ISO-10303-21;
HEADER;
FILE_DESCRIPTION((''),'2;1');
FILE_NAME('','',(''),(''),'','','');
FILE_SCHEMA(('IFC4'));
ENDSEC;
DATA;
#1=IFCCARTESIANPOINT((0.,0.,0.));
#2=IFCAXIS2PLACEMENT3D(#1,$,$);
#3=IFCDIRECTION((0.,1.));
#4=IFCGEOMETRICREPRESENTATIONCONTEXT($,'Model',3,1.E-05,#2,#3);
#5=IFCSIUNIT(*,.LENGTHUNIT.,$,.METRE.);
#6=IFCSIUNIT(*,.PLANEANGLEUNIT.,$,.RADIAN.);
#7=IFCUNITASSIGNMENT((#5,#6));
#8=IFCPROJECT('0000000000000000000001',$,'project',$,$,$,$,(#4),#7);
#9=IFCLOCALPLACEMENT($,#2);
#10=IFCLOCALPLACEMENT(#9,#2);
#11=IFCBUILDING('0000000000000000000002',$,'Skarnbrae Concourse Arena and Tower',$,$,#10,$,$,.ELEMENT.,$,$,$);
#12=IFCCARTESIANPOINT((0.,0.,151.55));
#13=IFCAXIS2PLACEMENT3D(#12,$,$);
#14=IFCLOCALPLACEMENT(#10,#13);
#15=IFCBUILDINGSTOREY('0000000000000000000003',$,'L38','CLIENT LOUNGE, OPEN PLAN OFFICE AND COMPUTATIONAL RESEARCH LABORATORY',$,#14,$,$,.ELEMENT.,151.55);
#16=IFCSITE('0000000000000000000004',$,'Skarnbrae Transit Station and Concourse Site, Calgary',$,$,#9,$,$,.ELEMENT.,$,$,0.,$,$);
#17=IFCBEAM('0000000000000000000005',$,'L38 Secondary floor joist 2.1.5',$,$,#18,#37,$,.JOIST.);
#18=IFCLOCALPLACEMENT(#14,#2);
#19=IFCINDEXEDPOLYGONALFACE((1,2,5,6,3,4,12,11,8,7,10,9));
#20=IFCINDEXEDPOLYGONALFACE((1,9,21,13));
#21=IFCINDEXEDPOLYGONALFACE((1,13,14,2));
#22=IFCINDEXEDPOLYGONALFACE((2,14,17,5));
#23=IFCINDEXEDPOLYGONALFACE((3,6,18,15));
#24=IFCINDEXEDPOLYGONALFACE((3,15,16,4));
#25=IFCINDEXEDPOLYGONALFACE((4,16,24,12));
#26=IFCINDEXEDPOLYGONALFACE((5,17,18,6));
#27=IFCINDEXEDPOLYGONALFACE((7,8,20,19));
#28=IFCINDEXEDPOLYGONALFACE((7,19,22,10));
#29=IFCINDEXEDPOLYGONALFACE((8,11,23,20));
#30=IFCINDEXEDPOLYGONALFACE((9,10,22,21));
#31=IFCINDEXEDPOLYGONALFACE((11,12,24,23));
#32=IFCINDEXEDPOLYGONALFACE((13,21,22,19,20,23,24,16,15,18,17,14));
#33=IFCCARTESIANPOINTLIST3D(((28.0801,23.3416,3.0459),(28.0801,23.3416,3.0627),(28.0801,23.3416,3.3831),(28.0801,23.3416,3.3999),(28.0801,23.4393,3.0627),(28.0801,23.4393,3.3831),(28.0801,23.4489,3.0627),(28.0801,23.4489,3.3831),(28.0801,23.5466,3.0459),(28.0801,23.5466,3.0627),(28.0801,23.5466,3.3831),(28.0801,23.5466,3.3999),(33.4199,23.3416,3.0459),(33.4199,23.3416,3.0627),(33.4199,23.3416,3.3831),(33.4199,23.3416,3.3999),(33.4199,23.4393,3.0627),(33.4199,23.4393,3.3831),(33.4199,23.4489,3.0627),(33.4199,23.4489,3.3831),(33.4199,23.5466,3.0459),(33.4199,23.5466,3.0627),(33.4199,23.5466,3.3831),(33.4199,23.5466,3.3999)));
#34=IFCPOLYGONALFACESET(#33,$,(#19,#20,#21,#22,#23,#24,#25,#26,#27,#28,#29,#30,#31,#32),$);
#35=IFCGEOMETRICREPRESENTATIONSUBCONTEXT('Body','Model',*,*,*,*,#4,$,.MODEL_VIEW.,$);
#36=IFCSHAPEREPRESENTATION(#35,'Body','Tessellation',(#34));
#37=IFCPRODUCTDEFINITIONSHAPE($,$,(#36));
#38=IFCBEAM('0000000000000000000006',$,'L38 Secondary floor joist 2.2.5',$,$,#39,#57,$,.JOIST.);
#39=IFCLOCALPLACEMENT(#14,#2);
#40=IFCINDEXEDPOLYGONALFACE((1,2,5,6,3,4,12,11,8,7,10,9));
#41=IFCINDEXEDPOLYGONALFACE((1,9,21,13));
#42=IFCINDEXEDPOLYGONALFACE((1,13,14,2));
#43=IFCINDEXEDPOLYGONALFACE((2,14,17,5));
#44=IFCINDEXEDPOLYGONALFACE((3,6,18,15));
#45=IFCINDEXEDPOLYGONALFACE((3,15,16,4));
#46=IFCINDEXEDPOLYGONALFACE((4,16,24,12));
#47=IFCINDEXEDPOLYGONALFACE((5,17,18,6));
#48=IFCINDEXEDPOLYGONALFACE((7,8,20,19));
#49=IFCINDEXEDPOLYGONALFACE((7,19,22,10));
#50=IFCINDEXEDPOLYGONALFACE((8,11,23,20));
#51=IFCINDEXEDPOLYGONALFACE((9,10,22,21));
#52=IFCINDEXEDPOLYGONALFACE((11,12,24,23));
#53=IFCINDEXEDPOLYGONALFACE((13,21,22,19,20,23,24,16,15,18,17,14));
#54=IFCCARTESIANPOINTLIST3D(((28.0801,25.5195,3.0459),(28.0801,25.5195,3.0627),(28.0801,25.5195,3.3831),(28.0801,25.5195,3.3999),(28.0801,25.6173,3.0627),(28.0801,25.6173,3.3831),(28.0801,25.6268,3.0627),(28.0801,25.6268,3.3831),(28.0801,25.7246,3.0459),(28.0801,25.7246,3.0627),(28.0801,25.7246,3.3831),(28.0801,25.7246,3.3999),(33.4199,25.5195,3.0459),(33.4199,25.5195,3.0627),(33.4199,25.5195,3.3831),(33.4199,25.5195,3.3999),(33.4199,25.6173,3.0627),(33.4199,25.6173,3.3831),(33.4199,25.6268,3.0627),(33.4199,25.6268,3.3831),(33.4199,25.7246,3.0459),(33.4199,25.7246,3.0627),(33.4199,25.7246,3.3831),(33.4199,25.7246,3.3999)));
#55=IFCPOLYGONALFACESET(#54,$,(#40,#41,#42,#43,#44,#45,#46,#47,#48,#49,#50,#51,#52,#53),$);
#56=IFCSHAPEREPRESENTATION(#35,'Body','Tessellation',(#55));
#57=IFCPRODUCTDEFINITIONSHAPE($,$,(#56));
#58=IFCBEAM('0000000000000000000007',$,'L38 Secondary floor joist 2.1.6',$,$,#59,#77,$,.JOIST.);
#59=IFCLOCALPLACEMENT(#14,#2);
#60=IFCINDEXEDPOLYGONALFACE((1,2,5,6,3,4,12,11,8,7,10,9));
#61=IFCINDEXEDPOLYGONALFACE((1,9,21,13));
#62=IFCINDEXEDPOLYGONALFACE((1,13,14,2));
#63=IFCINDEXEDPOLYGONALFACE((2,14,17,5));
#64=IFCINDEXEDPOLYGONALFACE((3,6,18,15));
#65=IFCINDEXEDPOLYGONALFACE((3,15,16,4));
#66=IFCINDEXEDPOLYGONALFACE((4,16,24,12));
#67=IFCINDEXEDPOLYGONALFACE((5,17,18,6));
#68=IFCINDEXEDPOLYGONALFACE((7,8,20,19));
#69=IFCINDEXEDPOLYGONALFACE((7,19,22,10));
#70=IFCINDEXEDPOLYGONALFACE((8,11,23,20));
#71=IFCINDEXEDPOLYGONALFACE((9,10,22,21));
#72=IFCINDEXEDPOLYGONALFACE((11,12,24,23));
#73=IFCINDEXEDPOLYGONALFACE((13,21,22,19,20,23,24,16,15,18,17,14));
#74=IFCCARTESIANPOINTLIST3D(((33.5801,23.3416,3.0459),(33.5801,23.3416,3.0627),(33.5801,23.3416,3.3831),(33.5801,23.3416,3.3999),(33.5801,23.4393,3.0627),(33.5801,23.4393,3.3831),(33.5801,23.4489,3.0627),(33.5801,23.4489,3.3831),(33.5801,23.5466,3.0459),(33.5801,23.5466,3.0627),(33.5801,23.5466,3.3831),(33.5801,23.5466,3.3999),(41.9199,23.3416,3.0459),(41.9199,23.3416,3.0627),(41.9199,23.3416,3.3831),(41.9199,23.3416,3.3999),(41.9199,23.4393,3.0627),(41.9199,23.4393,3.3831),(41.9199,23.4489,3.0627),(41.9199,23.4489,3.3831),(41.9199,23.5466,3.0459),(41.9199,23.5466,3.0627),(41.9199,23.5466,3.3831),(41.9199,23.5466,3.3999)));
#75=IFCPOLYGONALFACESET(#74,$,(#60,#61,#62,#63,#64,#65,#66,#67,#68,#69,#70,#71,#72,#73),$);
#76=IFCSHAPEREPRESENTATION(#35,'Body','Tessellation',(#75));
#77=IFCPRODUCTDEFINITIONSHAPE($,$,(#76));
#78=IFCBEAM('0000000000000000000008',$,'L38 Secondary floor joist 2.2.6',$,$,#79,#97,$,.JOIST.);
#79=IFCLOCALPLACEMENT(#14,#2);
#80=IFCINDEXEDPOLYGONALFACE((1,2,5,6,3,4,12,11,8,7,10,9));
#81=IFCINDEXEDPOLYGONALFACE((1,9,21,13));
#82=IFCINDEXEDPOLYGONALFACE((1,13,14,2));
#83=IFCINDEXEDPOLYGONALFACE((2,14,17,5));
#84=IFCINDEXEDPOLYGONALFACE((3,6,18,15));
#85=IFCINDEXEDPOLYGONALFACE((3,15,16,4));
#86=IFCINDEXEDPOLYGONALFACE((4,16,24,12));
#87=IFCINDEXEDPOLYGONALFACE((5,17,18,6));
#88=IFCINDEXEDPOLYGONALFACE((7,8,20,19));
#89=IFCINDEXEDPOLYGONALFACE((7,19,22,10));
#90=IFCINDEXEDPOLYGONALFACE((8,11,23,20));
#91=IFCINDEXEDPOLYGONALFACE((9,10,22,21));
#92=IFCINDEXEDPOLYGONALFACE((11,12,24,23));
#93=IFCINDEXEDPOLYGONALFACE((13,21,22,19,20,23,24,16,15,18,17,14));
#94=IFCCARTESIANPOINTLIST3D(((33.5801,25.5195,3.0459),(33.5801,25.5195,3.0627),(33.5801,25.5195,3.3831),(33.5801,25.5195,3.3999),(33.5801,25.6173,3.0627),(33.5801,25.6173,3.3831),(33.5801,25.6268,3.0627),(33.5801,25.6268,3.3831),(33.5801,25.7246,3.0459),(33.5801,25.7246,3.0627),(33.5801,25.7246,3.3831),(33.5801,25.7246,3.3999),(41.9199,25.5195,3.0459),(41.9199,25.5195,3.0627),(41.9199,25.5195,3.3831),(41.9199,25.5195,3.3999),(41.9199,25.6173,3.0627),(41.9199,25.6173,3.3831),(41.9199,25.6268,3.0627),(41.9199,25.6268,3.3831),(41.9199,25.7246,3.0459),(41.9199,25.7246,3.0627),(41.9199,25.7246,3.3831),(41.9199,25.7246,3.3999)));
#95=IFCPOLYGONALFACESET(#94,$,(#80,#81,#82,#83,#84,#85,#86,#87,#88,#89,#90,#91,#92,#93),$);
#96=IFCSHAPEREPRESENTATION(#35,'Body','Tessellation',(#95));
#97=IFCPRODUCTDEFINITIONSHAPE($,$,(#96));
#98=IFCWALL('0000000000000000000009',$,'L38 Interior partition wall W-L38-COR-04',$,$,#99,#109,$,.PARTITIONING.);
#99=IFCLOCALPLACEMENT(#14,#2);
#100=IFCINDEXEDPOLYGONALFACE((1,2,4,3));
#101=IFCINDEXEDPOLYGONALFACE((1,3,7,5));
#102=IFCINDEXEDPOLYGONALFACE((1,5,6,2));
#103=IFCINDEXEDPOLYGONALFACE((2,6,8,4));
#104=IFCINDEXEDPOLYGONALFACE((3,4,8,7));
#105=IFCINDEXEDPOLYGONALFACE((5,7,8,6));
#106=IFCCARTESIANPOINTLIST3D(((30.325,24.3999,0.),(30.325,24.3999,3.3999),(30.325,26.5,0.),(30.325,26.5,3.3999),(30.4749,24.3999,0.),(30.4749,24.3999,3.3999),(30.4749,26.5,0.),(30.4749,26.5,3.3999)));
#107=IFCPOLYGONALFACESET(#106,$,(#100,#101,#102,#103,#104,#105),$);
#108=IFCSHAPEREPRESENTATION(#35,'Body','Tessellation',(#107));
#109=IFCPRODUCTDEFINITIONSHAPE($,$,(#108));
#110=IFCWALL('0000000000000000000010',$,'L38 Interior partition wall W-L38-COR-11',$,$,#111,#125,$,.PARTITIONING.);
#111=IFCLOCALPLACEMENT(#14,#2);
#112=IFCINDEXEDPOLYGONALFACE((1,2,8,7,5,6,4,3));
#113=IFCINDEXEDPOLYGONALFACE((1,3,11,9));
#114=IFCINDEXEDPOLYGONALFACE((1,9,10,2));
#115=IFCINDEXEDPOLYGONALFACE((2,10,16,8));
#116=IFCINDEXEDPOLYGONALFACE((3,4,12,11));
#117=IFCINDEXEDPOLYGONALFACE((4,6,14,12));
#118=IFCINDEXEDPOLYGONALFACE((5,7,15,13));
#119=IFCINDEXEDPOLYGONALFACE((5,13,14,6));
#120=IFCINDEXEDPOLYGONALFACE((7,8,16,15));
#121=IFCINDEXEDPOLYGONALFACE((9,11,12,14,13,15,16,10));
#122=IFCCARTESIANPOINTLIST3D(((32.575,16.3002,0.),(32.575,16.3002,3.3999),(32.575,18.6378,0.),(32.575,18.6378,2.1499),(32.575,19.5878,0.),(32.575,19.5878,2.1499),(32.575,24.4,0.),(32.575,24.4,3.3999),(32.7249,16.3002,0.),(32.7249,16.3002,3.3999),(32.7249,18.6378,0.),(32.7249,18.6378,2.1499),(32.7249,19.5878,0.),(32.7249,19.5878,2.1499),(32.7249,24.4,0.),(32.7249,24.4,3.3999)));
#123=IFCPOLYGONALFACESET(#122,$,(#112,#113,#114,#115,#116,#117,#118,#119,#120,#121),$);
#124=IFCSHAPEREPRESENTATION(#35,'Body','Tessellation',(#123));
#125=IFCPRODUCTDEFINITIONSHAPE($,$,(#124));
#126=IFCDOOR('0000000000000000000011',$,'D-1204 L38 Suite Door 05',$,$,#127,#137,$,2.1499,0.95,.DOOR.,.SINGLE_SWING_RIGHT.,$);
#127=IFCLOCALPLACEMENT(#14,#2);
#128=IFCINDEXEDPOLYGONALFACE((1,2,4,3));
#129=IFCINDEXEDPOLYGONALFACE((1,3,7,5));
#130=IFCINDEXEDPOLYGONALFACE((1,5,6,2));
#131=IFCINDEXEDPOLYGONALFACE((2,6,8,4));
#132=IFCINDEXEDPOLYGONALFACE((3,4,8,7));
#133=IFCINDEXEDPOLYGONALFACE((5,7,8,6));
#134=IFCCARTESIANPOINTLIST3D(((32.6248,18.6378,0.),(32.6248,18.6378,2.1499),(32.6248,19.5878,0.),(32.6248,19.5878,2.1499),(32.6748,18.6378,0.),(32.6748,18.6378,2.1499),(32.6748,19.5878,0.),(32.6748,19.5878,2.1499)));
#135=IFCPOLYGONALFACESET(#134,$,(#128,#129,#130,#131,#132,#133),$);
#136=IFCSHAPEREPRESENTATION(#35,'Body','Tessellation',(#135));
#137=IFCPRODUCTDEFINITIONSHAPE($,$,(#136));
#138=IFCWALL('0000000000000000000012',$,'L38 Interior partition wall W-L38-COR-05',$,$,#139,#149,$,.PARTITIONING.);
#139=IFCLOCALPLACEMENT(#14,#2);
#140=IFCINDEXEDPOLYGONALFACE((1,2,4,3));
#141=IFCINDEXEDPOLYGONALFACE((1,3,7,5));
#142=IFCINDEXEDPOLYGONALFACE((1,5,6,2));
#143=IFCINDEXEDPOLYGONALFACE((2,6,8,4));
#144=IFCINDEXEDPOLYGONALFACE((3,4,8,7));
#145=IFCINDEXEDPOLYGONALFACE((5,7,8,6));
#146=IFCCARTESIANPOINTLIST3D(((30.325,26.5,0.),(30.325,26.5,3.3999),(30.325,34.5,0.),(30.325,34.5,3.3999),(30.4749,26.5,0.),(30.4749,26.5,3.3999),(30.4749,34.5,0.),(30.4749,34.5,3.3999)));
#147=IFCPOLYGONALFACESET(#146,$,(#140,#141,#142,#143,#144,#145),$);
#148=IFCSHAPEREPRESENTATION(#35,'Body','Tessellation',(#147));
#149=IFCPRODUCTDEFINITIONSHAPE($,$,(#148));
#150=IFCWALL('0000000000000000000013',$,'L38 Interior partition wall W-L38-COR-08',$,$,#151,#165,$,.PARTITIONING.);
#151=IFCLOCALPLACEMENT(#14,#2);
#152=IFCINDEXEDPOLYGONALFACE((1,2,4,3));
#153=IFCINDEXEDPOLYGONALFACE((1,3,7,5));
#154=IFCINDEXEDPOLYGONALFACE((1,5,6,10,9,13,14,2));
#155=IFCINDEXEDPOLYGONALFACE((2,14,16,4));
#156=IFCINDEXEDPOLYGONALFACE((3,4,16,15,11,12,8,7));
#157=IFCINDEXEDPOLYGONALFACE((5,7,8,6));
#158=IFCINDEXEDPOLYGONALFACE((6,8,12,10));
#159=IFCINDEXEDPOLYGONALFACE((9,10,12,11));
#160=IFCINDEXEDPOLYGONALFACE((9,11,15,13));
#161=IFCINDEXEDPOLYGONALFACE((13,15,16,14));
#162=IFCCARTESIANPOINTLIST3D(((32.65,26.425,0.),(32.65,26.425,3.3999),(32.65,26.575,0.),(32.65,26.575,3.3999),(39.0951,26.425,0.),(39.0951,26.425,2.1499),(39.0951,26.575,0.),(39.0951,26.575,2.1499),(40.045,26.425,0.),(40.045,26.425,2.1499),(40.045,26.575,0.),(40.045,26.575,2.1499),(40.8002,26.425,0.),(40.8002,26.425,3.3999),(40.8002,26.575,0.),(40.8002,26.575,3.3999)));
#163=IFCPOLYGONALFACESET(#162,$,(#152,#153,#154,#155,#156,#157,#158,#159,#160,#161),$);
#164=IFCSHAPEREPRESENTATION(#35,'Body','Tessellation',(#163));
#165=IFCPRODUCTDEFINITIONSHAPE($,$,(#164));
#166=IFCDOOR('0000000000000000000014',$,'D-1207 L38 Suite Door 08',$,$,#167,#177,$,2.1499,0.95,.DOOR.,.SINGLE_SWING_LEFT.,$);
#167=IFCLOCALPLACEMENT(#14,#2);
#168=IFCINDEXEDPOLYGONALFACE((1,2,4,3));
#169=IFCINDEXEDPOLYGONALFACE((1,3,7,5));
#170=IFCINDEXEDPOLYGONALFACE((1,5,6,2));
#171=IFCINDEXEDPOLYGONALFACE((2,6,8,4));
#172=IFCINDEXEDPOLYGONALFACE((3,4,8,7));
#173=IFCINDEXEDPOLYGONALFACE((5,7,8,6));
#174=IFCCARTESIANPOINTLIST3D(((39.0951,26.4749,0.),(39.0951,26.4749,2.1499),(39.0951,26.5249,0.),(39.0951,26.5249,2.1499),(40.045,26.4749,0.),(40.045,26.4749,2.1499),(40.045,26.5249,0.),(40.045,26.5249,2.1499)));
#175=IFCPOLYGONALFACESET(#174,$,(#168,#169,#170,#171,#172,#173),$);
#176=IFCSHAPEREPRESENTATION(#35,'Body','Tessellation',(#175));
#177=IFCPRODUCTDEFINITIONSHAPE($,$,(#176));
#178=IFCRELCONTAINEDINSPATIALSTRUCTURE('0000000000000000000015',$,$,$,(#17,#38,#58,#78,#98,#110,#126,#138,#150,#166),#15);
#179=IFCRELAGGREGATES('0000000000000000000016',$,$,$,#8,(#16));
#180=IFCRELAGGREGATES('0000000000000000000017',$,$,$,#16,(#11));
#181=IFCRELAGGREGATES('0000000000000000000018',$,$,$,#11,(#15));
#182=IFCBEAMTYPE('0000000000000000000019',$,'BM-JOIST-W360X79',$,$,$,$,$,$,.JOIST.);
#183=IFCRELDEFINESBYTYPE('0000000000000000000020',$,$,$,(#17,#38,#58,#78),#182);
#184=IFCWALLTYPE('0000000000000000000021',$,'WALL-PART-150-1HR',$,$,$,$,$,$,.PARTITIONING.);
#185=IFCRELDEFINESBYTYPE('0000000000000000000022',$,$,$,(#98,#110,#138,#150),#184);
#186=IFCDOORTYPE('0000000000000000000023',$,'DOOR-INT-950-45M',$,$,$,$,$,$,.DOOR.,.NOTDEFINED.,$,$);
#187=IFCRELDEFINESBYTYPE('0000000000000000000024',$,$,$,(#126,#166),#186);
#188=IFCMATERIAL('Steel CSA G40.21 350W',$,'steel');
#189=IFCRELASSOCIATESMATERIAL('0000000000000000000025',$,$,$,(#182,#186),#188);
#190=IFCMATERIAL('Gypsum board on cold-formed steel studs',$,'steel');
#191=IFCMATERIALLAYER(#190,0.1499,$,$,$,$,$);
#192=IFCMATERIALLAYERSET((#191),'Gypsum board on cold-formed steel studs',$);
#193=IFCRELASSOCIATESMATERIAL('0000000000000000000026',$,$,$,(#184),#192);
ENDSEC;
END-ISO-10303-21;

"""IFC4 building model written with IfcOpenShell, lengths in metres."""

from ifc_helpers import new_model, si_unit, direction, frame, frame_2d, origin, origin_2d, place, context, subcontext, project, spatial, rectangle, i_section, extrude, source, transform, mapped, material, layer, layer_set, material_profile, profile_set, type_object, element, fill, save


model = new_model("IFC4")

# Units and contexts
model_context = context("Model", 3, precision=1e-05, world=origin(), true_north=direction((0.0, 1.0)))
body_context = subcontext(model_context, "Body", "Model", "MODEL_VIEW")
ifc_project = project(units=[si_unit("LENGTHUNIT", "METRE"), si_unit("PLANEANGLEUNIT", "RADIAN")], contexts=[model_context])

# Site, building, storey
site_placement = place(None, origin())
site = spatial("IfcSite", under=ifc_project, at=site_placement, Name="Skarnbrae Transit Station and Concourse Site, Calgary", CompositionType="ELEMENT", RefElevation=0.0)
building_placement = place(site_placement, origin())
building = spatial("IfcBuilding", under=site, at=building_placement, Name="Skarnbrae Concourse Arena and Tower", CompositionType="ELEMENT")
storey_placement = place(building_placement, frame((0.0, 0.0, 151.55)))
storey = spatial("IfcBuildingStorey", under=building, at=storey_placement, Name="L38", Description="CLIENT LOUNGE, OPEN PLAN OFFICE AND COMPUTATIONAL RESEARCH LABORATORY", CompositionType="ELEMENT", Elevation=151.55)

# Shared definitions
ifc_material_1 = material(Name="Steel CSA G40.21 350W", Category="steel")

# Beams
ifc_material_profile_1 = material_profile(ifc_material_1, i_section(OverallWidth=0.2051, OverallDepth=0.354, WebThickness=0.0095, FlangeThickness=0.0168, at=origin_2d()), Name="W360X79")
ifc_profile_set_1 = profile_set([ifc_material_profile_1], Name="Steel CSA G40.21 350W")
beam_type_1 = type_object("IfcBeamType", Name="BM-JOIST-W360X79", PredefinedType="JOIST", material=ifc_profile_set_1)
shared_shape_1 = source(origin(), body_context, "Body", "SweptSolid", [
    extrude(i_section(OverallWidth=0.2051, OverallDepth=0.354, WebThickness=0.0095, FlangeThickness=0.0168, at=origin_2d()), origin(), (0.0, 0.0, 1.0), 5.3398),
])
for number, where, z_axis, x_axis, name in (
    (1, (28.0801, 23.4441, 3.2229), (1.0, 0.0, 0.0), (0.0, 1.0, 0.0), "L38 Secondary floor joist 2.1.5"),
    (2, (28.0801, 25.6221, 3.2229), (1.0, 0.0, 0.0), (0.0, 1.0, 0.0), "L38 Secondary floor joist 2.2.5"),
):
    element("IfcBeam", number, at=place(storey_placement, frame(where, z_axis=z_axis, x_axis=x_axis)), inside=storey, type_object=beam_type_1, Name=name, PredefinedType="JOIST", context=body_context, shape_type="MappedRepresentation", body=[
        mapped(shared_shape_1, transform((0.0, 0.0, 0.0))),
    ])
shared_shape_2 = source(origin(), body_context, "Body", "SweptSolid", [
    extrude(i_section(OverallWidth=0.2051, OverallDepth=0.354, WebThickness=0.0095, FlangeThickness=0.0168, at=origin_2d()), origin(), (0.0, 0.0, 1.0), 8.3398),
])
for number, where, z_axis, x_axis, name in (
    (3, (33.5801, 23.4441, 3.2229), (1.0, 0.0, 0.0), (0.0, 1.0, 0.0), "L38 Secondary floor joist 2.1.6"),
    (4, (33.5801, 25.6221, 3.2229), (1.0, 0.0, 0.0), (0.0, 1.0, 0.0), "L38 Secondary floor joist 2.2.6"),
):
    element("IfcBeam", number, at=place(storey_placement, frame(where, z_axis=z_axis, x_axis=x_axis)), inside=storey, type_object=beam_type_1, Name=name, PredefinedType="JOIST", context=body_context, shape_type="MappedRepresentation", body=[
        mapped(shared_shape_2, transform((0.0, 0.0, 0.0))),
    ])

# Wall
ifc_material_2 = material(Name="Gypsum board on cold-formed steel studs", Category="steel")
ifc_layer_1 = layer(ifc_material_2, 0.1499)
ifc_layer_set_1 = layer_set([ifc_layer_1], Name="Gypsum board on cold-formed steel studs")
wall_type_1 = type_object("IfcWallType", Name="WALL-PART-150-1HR", PredefinedType="PARTITIONING", material=ifc_layer_set_1)
shared_shape_3 = source(origin(), body_context, "Body", "SweptSolid", [
    extrude(rectangle(XDim=2.1001, YDim=0.1499, at=frame_2d((1.05, 0.0))), origin(), (0.0, 0.0, 1.0), 3.3999),
])
wall_1_placement = place(storey_placement, frame((30.3999, 24.3999, 0.0), z_axis=(0.0, 0.0, 1.0), x_axis=(0.0, 1.0, 0.0)))
element("IfcWall", 5, at=wall_1_placement, inside=storey, type_object=wall_type_1, Name="L38 Interior partition wall W-L38-COR-04", PredefinedType="PARTITIONING", context=body_context, shape_type="MappedRepresentation", body=[
    mapped(shared_shape_3, transform((0.0, 0.0, 0.0))),
])

# Wall, opening, door
shared_shape_4 = source(origin(), body_context, "Body", "SweptSolid", [
    extrude(rectangle(XDim=8.0999, YDim=0.1499, at=frame_2d((4.0498, 0.0))), origin(), (0.0, 0.0, 1.0), 3.3999),
])
wall_2_placement = place(storey_placement, frame((32.6499, 24.3999, 0.0), z_axis=(0.0, 0.0, 1.0), x_axis=(0.0, -1.0, 0.0)))
wall_2 = element("IfcWall", 6, at=wall_2_placement, inside=storey, type_object=wall_type_1, Name="L38 Interior partition wall W-L38-COR-11", PredefinedType="PARTITIONING", context=body_context, shape_type="MappedRepresentation", body=[
    mapped(shared_shape_4, transform((0.0, 0.0, 0.0))),
])
opening_1_placement = place(wall_2_placement, frame((4.812, 0.0, 0.0)))
opening_1 = element("IfcOpeningElement", 7, at=opening_1_placement, cuts=wall_2, PredefinedType="OPENING", context=body_context, shape_type="SweptSolid", body=[
    extrude(rectangle(XDim=0.95, YDim=2.1499, at=frame_2d((0.4751, 1.075))), frame((0.0, 0.085, 0.0), z_axis=(0.0, -1.0, 0.0), x_axis=(1.0, 0.0, 0.0)), (0.0, 0.0, 1.0), 0.1699),
])
door_type = type_object("IfcDoorType", Name="DOOR-INT-950-45M", OperationType="NOTDEFINED", PredefinedType="DOOR", material=ifc_material_1)
shared_shape_5 = source(origin(), body_context, "Body", "SweptSolid", [
    extrude(rectangle(XDim=0.95, YDim=2.1499, at=frame_2d((0.4751, 1.075))), frame((0.0, 0.0249, 0.0), z_axis=(0.0, -1.0, 0.0), x_axis=(1.0, 0.0, 0.0)), (0.0, 0.0, 1.0), 0.05),
])
door_1_placement = place(opening_1_placement, origin())
door_1 = element("IfcDoor", 8, at=door_1_placement, inside=storey, type_object=door_type, Name="D-1204 L38 Suite Door 05", OperationType="SINGLE_SWING_RIGHT", OverallHeight=2.1499, OverallWidth=0.95, PredefinedType="DOOR", context=body_context, shape_type="MappedRepresentation", body=[
    mapped(shared_shape_5, transform((0.0, 0.0, 0.0))),
])
fill(opening_1, door_1)

# Wall
shared_shape_6 = source(origin(), body_context, "Body", "SweptSolid", [
    extrude(rectangle(XDim=8.0, YDim=0.1499, at=frame_2d((4.0, 0.0))), origin(), (0.0, 0.0, 1.0), 3.3999),
])
wall_3_placement = place(storey_placement, frame((30.3999, 26.5, 0.0), z_axis=(0.0, 0.0, 1.0), x_axis=(0.0, 1.0, 0.0)))
element("IfcWall", 9, at=wall_3_placement, inside=storey, type_object=wall_type_1, Name="L38 Interior partition wall W-L38-COR-05", PredefinedType="PARTITIONING", context=body_context, shape_type="MappedRepresentation", body=[
    mapped(shared_shape_6, transform((0.0, 0.0, 0.0))),
])

# Wall, opening, door
shared_shape_7 = source(origin(), body_context, "Body", "SweptSolid", [
    extrude(rectangle(XDim=8.1501, YDim=0.1499, at=frame_2d((4.0752, 0.0))), origin(), (0.0, 0.0, 1.0), 3.3999),
])
wall_4_placement = place(storey_placement, frame((32.6499, 26.5, 0.0), z_axis=(0.0, 0.0, 1.0), x_axis=(1.0, 0.0, 0.0)))
wall_4 = element("IfcWall", 10, at=wall_4_placement, inside=storey, type_object=wall_type_1, Name="L38 Interior partition wall W-L38-COR-08", PredefinedType="PARTITIONING", context=body_context, shape_type="MappedRepresentation", body=[
    mapped(shared_shape_7, transform((0.0, 0.0, 0.0))),
])
opening_2_placement = place(wall_4_placement, frame((6.4451, 0.0, 0.0)))
opening_2 = element("IfcOpeningElement", 11, at=opening_2_placement, cuts=wall_4, PredefinedType="OPENING", context=body_context, shape_type="SweptSolid", body=[
    extrude(rectangle(XDim=0.95, YDim=2.1499, at=frame_2d((0.4751, 1.075))), frame((0.0, 0.085, 0.0), z_axis=(0.0, -1.0, 0.0), x_axis=(1.0, 0.0, 0.0)), (0.0, 0.0, 1.0), 0.1699),
])
door_2_placement = place(opening_2_placement, origin())
door_2 = element("IfcDoor", 12, at=door_2_placement, inside=storey, type_object=door_type, Name="D-1207 L38 Suite Door 08", OperationType="SINGLE_SWING_LEFT", OverallHeight=2.1499, OverallWidth=0.95, PredefinedType="DOOR", context=body_context, shape_type="MappedRepresentation", body=[
    mapped(shared_shape_5, transform((0.0, 0.0, 0.0))),
])
fill(opening_2, door_2)

save(model, "model.ifc")
